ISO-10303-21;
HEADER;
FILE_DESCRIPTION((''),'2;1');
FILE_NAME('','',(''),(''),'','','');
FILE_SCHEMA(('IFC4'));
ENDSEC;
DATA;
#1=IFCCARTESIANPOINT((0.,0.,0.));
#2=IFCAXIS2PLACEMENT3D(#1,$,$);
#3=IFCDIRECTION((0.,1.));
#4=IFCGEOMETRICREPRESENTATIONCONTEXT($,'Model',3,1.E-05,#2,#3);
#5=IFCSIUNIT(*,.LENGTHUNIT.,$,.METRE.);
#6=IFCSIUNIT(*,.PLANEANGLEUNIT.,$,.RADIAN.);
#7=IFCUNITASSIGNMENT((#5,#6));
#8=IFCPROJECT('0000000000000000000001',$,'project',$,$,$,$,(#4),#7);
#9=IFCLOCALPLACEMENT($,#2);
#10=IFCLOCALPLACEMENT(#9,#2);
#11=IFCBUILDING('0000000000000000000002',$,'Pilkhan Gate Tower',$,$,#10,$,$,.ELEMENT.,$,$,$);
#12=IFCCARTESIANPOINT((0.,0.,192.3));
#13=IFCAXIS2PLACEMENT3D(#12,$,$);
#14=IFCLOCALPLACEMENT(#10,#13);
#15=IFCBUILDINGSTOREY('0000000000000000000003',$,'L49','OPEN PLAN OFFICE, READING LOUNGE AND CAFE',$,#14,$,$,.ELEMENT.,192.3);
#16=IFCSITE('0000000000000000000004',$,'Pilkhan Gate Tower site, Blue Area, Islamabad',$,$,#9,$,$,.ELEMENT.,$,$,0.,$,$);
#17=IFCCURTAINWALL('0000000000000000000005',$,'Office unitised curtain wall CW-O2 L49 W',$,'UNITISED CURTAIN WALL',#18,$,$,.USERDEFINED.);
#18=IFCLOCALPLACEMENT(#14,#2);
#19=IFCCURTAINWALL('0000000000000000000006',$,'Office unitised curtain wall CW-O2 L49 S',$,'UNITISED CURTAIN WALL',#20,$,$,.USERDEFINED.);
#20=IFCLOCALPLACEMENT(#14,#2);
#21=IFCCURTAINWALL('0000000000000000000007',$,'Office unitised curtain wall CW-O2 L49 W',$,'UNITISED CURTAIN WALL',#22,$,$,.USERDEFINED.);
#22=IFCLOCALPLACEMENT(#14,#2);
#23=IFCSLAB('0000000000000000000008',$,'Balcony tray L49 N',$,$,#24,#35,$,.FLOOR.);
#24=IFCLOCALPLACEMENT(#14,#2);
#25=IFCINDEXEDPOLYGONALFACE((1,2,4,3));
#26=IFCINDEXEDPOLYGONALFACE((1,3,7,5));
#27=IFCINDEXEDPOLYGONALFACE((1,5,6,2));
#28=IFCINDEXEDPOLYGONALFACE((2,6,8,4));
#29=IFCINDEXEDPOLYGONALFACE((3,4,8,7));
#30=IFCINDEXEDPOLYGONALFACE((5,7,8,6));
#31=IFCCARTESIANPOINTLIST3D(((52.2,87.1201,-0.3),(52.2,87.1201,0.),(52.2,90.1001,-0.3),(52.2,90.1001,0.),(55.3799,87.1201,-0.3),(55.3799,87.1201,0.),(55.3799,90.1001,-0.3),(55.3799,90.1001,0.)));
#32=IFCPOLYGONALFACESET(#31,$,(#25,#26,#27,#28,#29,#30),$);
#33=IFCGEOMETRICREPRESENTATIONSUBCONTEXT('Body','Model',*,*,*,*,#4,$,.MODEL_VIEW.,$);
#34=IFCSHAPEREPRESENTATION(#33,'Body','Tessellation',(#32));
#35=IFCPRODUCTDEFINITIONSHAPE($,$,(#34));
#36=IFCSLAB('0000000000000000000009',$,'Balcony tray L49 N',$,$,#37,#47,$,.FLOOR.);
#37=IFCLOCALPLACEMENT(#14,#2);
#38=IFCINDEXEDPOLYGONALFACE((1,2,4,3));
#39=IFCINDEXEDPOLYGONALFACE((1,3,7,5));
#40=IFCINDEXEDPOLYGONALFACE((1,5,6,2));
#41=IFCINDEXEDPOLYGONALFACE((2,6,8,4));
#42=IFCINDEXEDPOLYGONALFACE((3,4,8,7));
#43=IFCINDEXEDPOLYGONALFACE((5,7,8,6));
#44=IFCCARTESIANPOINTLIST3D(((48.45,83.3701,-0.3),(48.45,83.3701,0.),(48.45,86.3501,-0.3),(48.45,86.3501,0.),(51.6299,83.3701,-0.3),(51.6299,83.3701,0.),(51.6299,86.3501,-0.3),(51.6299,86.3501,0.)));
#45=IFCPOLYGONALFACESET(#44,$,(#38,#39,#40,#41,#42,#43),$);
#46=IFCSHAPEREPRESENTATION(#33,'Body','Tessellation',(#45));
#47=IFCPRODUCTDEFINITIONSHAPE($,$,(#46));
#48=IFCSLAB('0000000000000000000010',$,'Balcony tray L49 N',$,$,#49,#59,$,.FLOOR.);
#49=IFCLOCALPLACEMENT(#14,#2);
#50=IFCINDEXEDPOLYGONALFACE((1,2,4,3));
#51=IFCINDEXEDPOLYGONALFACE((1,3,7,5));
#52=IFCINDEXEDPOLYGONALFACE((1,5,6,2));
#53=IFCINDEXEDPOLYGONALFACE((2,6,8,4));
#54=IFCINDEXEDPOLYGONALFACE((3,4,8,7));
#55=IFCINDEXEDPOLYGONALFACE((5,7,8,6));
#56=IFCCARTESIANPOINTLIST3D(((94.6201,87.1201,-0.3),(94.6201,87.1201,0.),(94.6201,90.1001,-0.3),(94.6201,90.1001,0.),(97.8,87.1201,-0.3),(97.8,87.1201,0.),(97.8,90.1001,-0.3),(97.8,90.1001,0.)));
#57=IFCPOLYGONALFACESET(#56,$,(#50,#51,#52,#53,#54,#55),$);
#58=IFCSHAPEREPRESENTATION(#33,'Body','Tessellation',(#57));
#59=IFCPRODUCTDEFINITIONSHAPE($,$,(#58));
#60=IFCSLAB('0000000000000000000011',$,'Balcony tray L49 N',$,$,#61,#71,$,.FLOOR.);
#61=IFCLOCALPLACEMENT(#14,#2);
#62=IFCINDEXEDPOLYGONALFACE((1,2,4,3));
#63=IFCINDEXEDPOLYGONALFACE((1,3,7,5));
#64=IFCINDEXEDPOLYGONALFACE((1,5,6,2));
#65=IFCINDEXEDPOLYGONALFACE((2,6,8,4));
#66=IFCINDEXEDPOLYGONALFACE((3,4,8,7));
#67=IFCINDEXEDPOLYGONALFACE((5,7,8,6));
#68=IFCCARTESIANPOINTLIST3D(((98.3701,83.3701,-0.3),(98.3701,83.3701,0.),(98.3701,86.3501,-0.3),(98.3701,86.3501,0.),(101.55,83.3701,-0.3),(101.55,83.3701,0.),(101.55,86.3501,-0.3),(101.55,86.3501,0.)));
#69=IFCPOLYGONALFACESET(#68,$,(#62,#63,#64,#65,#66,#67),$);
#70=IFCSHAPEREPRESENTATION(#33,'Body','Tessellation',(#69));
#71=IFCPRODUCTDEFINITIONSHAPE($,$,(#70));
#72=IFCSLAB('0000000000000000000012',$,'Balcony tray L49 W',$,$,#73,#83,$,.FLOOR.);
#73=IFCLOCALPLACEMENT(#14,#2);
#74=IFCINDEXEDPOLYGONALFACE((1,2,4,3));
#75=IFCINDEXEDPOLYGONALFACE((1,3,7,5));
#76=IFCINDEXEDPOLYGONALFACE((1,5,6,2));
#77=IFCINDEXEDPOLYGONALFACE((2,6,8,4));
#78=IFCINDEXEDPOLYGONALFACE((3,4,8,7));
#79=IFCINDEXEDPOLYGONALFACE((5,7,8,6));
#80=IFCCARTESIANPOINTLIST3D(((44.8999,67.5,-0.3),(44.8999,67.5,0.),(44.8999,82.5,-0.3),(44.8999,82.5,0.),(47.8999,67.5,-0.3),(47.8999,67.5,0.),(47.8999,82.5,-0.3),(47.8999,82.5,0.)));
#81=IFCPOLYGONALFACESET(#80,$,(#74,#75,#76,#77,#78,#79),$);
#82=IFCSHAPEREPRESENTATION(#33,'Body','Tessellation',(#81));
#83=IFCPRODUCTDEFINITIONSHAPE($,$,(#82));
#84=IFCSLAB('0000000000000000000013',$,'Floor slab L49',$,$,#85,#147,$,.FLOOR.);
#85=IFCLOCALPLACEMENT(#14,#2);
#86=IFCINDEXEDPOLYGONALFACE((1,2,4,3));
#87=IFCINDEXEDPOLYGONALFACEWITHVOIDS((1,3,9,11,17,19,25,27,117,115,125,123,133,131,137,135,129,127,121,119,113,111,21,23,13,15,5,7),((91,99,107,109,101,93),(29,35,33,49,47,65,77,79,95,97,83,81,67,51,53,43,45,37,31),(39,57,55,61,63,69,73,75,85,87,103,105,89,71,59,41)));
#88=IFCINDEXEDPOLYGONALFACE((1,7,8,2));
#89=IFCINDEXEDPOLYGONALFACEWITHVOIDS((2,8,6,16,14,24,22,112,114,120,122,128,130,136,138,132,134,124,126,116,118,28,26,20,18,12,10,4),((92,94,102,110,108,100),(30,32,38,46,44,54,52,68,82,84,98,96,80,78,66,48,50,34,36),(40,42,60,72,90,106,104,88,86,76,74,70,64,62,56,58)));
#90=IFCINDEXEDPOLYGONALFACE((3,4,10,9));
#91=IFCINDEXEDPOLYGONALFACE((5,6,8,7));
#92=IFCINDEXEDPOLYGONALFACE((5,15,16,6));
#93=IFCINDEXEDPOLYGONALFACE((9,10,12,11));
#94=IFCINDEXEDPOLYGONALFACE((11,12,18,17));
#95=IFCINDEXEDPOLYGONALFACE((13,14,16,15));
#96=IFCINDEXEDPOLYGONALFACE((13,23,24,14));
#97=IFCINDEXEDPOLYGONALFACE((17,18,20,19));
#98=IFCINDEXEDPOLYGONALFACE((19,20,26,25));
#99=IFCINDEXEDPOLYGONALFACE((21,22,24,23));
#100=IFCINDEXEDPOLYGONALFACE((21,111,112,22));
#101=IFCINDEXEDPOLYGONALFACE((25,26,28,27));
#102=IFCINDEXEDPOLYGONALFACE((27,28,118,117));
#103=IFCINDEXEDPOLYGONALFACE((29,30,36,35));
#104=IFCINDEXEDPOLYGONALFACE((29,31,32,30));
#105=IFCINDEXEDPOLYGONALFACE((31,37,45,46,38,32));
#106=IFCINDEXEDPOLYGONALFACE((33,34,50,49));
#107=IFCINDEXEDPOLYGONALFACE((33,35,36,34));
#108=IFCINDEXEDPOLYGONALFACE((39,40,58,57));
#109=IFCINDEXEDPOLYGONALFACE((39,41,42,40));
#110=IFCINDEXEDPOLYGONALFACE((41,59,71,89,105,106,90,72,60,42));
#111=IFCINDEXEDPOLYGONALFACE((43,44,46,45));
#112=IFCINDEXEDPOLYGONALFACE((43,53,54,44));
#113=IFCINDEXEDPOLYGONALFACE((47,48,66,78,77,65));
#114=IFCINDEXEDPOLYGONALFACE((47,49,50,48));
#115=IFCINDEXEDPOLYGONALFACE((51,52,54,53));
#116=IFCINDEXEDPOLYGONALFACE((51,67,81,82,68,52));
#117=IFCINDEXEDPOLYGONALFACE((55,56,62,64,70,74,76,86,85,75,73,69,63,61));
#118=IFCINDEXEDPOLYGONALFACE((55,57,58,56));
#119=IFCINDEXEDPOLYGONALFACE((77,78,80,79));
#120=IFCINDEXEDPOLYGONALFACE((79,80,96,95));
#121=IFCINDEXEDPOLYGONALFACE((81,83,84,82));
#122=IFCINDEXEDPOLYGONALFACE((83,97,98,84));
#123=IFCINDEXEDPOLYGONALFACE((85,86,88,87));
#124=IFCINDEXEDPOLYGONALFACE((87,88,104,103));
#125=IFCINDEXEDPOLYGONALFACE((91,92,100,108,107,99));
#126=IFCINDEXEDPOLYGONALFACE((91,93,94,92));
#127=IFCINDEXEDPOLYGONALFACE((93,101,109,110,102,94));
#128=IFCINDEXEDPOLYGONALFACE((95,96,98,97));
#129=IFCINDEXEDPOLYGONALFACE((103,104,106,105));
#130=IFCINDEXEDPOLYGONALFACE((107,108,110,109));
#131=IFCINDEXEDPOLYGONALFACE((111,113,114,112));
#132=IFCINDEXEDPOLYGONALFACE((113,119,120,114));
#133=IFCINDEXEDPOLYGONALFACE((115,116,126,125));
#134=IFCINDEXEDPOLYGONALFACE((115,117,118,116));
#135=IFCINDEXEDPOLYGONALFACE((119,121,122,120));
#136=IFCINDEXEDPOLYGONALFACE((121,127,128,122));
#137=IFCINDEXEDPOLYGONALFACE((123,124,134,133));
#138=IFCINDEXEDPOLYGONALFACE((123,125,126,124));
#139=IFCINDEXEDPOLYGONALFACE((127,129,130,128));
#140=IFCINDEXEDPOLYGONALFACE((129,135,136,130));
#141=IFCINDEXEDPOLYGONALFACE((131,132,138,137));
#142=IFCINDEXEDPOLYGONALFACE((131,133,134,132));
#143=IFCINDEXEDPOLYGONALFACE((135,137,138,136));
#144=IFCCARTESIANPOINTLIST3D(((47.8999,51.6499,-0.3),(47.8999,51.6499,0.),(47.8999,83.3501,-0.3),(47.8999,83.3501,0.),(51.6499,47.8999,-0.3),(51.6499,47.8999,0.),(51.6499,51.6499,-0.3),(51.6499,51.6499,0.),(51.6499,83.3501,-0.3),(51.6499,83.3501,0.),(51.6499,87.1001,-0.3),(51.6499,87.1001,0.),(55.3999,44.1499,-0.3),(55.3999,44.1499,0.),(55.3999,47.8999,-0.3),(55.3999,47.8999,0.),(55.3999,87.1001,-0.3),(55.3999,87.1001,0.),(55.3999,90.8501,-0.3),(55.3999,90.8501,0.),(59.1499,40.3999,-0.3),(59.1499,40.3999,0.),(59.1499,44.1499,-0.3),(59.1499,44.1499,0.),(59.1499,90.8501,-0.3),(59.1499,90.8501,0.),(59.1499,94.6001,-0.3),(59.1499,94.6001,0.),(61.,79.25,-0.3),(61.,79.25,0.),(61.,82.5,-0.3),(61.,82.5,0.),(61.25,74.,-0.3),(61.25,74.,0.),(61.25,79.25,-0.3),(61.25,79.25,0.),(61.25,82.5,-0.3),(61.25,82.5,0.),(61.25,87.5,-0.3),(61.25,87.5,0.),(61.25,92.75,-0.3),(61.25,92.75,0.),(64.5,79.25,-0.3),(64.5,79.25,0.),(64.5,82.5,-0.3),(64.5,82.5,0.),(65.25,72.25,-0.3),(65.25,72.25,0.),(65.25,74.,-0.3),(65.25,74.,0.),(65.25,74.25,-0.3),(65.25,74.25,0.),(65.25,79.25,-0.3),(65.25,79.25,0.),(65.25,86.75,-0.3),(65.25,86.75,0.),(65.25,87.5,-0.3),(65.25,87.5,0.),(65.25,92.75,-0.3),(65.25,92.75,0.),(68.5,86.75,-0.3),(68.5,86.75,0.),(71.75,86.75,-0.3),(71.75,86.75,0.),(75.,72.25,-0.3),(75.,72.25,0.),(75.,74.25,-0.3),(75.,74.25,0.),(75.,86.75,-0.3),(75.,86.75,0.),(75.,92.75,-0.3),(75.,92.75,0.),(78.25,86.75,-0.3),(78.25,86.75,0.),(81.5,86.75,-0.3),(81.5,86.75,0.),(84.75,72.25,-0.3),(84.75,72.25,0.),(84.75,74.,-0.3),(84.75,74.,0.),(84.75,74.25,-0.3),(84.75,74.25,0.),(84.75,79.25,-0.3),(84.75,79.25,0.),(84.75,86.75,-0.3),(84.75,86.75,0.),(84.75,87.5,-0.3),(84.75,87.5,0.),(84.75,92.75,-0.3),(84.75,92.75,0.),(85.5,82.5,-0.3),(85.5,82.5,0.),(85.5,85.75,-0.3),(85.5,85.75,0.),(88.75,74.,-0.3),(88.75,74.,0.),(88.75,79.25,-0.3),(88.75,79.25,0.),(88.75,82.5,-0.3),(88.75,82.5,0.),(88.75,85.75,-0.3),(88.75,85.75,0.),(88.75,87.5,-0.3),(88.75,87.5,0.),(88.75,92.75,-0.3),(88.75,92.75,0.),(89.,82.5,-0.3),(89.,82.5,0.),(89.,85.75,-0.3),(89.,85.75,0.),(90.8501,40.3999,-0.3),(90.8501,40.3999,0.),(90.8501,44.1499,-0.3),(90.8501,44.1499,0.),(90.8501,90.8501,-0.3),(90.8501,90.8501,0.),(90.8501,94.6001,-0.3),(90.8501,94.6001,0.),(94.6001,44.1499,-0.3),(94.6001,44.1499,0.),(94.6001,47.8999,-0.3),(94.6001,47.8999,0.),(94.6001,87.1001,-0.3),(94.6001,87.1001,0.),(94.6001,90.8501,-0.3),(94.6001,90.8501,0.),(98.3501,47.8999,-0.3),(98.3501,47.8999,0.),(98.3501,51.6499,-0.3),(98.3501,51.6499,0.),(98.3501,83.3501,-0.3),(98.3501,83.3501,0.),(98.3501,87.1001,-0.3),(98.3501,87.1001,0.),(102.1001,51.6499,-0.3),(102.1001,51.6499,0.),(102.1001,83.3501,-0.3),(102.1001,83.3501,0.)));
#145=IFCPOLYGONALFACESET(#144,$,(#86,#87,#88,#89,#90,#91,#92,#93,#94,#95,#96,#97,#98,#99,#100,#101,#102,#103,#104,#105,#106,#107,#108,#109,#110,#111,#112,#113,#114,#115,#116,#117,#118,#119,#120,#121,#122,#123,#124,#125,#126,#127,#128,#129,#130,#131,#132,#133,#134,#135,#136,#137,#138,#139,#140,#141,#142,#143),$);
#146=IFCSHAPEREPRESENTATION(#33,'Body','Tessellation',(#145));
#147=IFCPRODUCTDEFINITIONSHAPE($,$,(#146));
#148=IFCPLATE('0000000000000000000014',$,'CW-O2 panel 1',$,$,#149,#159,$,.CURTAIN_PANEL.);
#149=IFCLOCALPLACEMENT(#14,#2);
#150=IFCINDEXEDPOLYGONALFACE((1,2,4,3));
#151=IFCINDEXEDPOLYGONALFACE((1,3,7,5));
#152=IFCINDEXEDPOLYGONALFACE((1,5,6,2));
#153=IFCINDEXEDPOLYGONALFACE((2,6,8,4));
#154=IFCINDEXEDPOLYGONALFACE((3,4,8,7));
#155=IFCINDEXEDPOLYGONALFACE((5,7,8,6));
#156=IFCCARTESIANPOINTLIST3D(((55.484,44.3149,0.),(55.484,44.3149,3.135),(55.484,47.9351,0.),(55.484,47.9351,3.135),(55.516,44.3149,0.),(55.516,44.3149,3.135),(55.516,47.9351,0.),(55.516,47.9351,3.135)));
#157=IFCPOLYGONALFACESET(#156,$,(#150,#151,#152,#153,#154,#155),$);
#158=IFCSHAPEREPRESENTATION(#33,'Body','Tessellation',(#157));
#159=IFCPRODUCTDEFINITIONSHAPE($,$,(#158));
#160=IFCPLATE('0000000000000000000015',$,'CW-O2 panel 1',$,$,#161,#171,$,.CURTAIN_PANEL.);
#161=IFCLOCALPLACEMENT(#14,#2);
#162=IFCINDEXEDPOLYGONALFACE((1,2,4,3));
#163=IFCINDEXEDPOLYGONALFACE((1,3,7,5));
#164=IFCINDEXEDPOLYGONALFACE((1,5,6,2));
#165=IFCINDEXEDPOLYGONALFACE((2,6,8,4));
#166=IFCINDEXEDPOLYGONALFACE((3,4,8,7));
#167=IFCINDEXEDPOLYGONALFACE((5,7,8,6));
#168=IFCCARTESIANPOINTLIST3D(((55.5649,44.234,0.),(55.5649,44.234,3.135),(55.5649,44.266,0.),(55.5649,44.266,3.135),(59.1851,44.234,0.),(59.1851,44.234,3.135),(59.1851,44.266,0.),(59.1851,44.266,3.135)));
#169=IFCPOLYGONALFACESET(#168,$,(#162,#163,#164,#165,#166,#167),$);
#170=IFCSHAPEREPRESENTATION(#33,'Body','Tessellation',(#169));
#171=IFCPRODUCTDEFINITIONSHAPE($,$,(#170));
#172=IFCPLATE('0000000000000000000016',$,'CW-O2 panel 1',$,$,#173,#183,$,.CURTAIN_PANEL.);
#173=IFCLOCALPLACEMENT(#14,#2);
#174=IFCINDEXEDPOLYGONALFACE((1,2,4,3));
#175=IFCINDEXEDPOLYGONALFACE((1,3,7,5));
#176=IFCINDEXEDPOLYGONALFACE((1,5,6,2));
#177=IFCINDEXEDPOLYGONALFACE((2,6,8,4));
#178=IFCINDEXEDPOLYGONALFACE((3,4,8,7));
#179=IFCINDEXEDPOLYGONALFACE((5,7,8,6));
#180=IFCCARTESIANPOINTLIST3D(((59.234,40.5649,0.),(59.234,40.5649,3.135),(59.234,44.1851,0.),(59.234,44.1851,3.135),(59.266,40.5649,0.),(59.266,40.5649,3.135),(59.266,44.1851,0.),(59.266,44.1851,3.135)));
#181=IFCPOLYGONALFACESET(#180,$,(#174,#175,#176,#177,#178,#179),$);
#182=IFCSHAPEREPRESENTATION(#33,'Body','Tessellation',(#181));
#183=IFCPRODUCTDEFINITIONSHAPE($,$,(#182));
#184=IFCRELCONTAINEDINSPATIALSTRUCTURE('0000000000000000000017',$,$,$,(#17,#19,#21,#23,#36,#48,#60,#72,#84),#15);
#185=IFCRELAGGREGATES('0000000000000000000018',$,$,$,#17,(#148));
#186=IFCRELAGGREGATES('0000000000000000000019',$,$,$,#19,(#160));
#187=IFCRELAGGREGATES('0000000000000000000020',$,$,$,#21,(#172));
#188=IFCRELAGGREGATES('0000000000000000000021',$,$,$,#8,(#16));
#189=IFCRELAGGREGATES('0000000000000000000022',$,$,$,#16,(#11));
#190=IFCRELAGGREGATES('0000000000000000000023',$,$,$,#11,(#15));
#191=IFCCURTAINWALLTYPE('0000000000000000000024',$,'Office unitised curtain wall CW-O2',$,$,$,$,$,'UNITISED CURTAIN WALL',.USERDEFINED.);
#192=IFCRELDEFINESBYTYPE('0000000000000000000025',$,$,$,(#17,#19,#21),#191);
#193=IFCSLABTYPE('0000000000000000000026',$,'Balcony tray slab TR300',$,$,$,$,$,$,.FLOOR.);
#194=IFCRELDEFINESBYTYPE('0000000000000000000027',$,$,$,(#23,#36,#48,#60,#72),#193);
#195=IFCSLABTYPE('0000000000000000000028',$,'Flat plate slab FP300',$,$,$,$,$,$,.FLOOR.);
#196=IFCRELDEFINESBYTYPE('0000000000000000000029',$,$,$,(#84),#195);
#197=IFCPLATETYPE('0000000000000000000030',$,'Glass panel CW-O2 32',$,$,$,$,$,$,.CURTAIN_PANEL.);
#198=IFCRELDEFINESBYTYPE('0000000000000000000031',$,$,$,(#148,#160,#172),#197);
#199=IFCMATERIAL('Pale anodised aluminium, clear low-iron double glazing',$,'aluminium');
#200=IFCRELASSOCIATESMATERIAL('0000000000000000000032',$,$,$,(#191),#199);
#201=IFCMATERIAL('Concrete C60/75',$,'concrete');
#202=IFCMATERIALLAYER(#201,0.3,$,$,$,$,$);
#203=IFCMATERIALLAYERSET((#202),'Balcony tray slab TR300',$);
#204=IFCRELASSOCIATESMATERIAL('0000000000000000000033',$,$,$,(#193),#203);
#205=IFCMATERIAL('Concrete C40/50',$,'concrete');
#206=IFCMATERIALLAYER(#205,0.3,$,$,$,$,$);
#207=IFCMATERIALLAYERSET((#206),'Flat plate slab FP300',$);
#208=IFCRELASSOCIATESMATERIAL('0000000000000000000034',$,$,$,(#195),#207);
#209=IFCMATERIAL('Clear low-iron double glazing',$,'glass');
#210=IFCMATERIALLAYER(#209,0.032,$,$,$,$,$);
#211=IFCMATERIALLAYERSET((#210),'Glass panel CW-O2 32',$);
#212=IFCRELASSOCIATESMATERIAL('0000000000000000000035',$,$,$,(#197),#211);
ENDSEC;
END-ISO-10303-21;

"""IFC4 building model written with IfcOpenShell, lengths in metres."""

from ifc_helpers import new_model, si_unit, direction, frame, origin, origin_2d, place, context, subcontext, project, spatial, polyline, rectangle, outline, extrude, material, layer, layer_set, type_object, element, aggregate, save


model = new_model("IFC4")

# Units and contexts
model_context = context("Model", 3, precision=1e-05, world=origin(), true_north=direction((0.0, 1.0)))
body_context = subcontext(model_context, "Body", "Model", "MODEL_VIEW")
ifc_project = project(units=[si_unit("LENGTHUNIT", "METRE"), si_unit("PLANEANGLEUNIT", "RADIAN")], contexts=[model_context])

# Site, building, storey
site_placement = place(None, origin())
site = spatial("IfcSite", under=ifc_project, at=site_placement, Name="Pilkhan Gate Tower site, Blue Area, Islamabad", CompositionType="ELEMENT", RefElevation=0.0)
building_placement = place(site_placement, origin())
building = spatial("IfcBuilding", under=site, at=building_placement, Name="Pilkhan Gate Tower", CompositionType="ELEMENT")
storey_placement = place(building_placement, frame((0.0, 0.0, 192.3)))
storey = spatial("IfcBuildingStorey", under=building, at=storey_placement, Name="L49", Description="OPEN PLAN OFFICE, READING LOUNGE AND CAFE", CompositionType="ELEMENT", Elevation=192.3)

# Curtain walls
ifc_material_1 = material(Name="Pale anodised aluminium, clear low-iron double glazing", Category="aluminium")
curtain_wall_type = type_object("IfcCurtainWallType", Name="Office unitised curtain wall CW-O2", ElementType="UNITISED CURTAIN WALL", PredefinedType="USERDEFINED", material=ifc_material_1)
curtain_wall_1_placement = place(storey_placement, origin())
curtain_wall_1 = element("IfcCurtainWall", 1, at=curtain_wall_1_placement, inside=storey, type_object=curtain_wall_type, Name="Office unitised curtain wall CW-O2 L49 W", ObjectType="UNITISED CURTAIN WALL", PredefinedType="USERDEFINED")
curtain_wall_2_placement = place(storey_placement, origin())
curtain_wall_2 = element("IfcCurtainWall", 2, at=curtain_wall_2_placement, inside=storey, type_object=curtain_wall_type, Name="Office unitised curtain wall CW-O2 L49 S", ObjectType="UNITISED CURTAIN WALL", PredefinedType="USERDEFINED")
curtain_wall_3_placement = place(storey_placement, origin())
curtain_wall_3 = element("IfcCurtainWall", 3, at=curtain_wall_3_placement, inside=storey, type_object=curtain_wall_type, Name="Office unitised curtain wall CW-O2 L49 W", ObjectType="UNITISED CURTAIN WALL", PredefinedType="USERDEFINED")

# Slabs
ifc_material_2 = material(Name="Concrete C60/75", Category="concrete")
ifc_layer_1 = layer(ifc_material_2, 0.3)
ifc_layer_set_1 = layer_set([ifc_layer_1], Name="Balcony tray slab TR300")
slab_type_1 = type_object("IfcSlabType", Name="Balcony tray slab TR300", PredefinedType="FLOOR", material=ifc_layer_set_1)
slab_1_placement = place(storey_placement, frame((0.0, 0.0, -0.3)))
element("IfcSlab", 4, at=slab_1_placement, inside=storey, type_object=slab_type_1, Name="Balcony tray L49 N", PredefinedType="FLOOR", context=body_context, shape_type="SweptSolid", body=[
    extrude(outline(polyline([(55.3799, 87.1201), (55.3799, 90.1001), (52.2, 90.1001), (52.2, 87.1201), (55.3799, 87.1201)])), origin(), (0.0, 0.0, 1.0), 0.3),
])
slab_2_placement = place(storey_placement, frame((0.0, 0.0, -0.3)))
element("IfcSlab", 5, at=slab_2_placement, inside=storey, type_object=slab_type_1, Name="Balcony tray L49 N", PredefinedType="FLOOR", context=body_context, shape_type="SweptSolid", body=[
    extrude(outline(polyline([(51.6299, 83.3701), (51.6299, 86.3501), (48.45, 86.3501), (48.45, 83.3701), (51.6299, 83.3701)])), origin(), (0.0, 0.0, 1.0), 0.3),
])
slab_3_placement = place(storey_placement, frame((0.0, 0.0, -0.3)))
element("IfcSlab", 6, at=slab_3_placement, inside=storey, type_object=slab_type_1, Name="Balcony tray L49 N", PredefinedType="FLOOR", context=body_context, shape_type="SweptSolid", body=[
    extrude(outline(polyline([(97.8, 87.1201), (97.8, 90.1001), (94.6201, 90.1001), (94.6201, 87.1201), (97.8, 87.1201)])), origin(), (0.0, 0.0, 1.0), 0.3),
])
slab_4_placement = place(storey_placement, frame((0.0, 0.0, -0.3)))
element("IfcSlab", 7, at=slab_4_placement, inside=storey, type_object=slab_type_1, Name="Balcony tray L49 N", PredefinedType="FLOOR", context=body_context, shape_type="SweptSolid", body=[
    extrude(outline(polyline([(101.55, 83.3701), (101.55, 86.3501), (98.3701, 86.3501), (98.3701, 83.3701), (101.55, 83.3701)])), origin(), (0.0, 0.0, 1.0), 0.3),
])
slab_5_placement = place(storey_placement, frame((0.0, 0.0, -0.3)))
element("IfcSlab", 8, at=slab_5_placement, inside=storey, type_object=slab_type_1, Name="Balcony tray L49 W", PredefinedType="FLOOR", context=body_context, shape_type="SweptSolid", body=[
    extrude(outline(polyline([(47.8999, 67.5), (47.8999, 82.5), (44.8999, 82.5), (44.8999, 67.5), (47.8999, 67.5)])), origin(), (0.0, 0.0, 1.0), 0.3),
])
ifc_material_3 = material(Name="Concrete C40/50", Category="concrete")
ifc_layer_2 = layer(ifc_material_3, 0.3)
ifc_layer_set_2 = layer_set([ifc_layer_2], Name="Flat plate slab FP300")
slab_type_2 = type_object("IfcSlabType", Name="Flat plate slab FP300", PredefinedType="FLOOR", material=ifc_layer_set_2)
slab_6_placement = place(storey_placement, frame((0.0, 0.0, -0.3)))
element("IfcSlab", 9, at=slab_6_placement, inside=storey, type_object=slab_type_2, Name="Floor slab L49", PredefinedType="FLOOR", context=body_context, shape_type="SweptSolid", body=[
    extrude(outline(polyline([(98.3501, 47.8999), (94.6001, 47.8999), (94.6001, 44.1499), (90.8501, 44.1499), (90.8501, 40.3999), (59.1499, 40.3999), (59.1499, 44.1499), (55.3999, 44.1499), (55.3999, 47.8999), (51.6499, 47.8999), (51.6499, 51.6499), (47.8999, 51.6499), (47.8999, 83.3501), (51.6499, 83.3501), (51.6499, 87.1001), (55.3999, 87.1001), (55.3999, 90.8501), (59.1499, 90.8501), (59.1499, 94.6001), (90.8501, 94.6001), (90.8501, 90.8501), (94.6001, 90.8501), (94.6001, 87.1001), (98.3501, 87.1001), (98.3501, 83.3501), (102.1001, 83.3501), (102.1001, 51.6499), (98.3501, 51.6499), (98.3501, 47.8999)]), holes=[polyline([(75.0, 72.25), (84.75, 72.25), (84.75, 74.0), (88.75, 74.0), (88.75, 79.25), (84.75, 79.25), (84.75, 74.25), (75.0, 74.25), (65.25, 74.25), (65.25, 79.25), (64.5, 79.25), (64.5, 82.5), (61.25, 82.5), (61.0, 82.5), (61.0, 79.25), (61.25, 79.25), (61.25, 74.0), (65.25, 74.0), (65.25, 72.25), (75.0, 72.25)]), polyline([(68.5, 86.75), (71.75, 86.75), (75.0, 86.75), (78.25, 86.75), (81.5, 86.75), (84.75, 86.75), (84.75, 87.5), (88.75, 87.5), (88.75, 92.75), (84.75, 92.75), (75.0, 92.75), (65.25, 92.75), (61.25, 92.75), (61.25, 87.5), (65.25, 87.5), (65.25, 86.75), (68.5, 86.75)]), polyline([(85.5, 85.75), (85.5, 82.5), (88.75, 82.5), (89.0, 82.5), (89.0, 85.75), (88.75, 85.75), (85.5, 85.75)])]), origin(), (0.0, 0.0, 1.0), 0.3),
])

# Plates
ifc_material_4 = material(Name="Clear low-iron double glazing", Category="glass")
ifc_layer_3 = layer(ifc_material_4, 0.032)
ifc_layer_set_3 = layer_set([ifc_layer_3], Name="Glass panel CW-O2 32")
plate_type = type_object("IfcPlateType", Name="Glass panel CW-O2 32", PredefinedType="CURTAIN_PANEL", material=ifc_layer_set_3)
plate_1_placement = place(storey_placement, frame((55.5, 46.125, 0.0), z_axis=(0.0, 0.0, 1.0), x_axis=(0.0, 1.0, 0.0)))
plate_1 = element("IfcPlate", 10, at=plate_1_placement, type_object=plate_type, Name="CW-O2 panel 1", PredefinedType="CURTAIN_PANEL", context=body_context, shape_type="SweptSolid", body=[
    extrude(rectangle(XDim=3.6201, YDim=0.032, at=origin_2d()), origin(), (0.0, 0.0, 1.0), 3.135),
])
aggregate(curtain_wall_1, [plate_1])
plate_2_placement = place(storey_placement, frame((57.375, 44.25, 0.0), z_axis=(0.0, 0.0, 1.0), x_axis=(1.0, 0.0, 0.0)))
plate_2 = element("IfcPlate", 11, at=plate_2_placement, type_object=plate_type, Name="CW-O2 panel 1", PredefinedType="CURTAIN_PANEL", context=body_context, shape_type="SweptSolid", body=[
    extrude(rectangle(XDim=3.6201, YDim=0.032, at=origin_2d()), origin(), (0.0, 0.0, 1.0), 3.135),
])
aggregate(curtain_wall_2, [plate_2])
plate_3_placement = place(storey_placement, frame((59.25, 42.375, 0.0), z_axis=(0.0, 0.0, 1.0), x_axis=(0.0, 1.0, 0.0)))
plate_3 = element("IfcPlate", 12, at=plate_3_placement, type_object=plate_type, Name="CW-O2 panel 1", PredefinedType="CURTAIN_PANEL", context=body_context, shape_type="SweptSolid", body=[
    extrude(rectangle(XDim=3.6201, YDim=0.032, at=origin_2d()), origin(), (0.0, 0.0, 1.0), 3.135),
])
aggregate(curtain_wall_3, [plate_3])

save(model, "model.ifc")
